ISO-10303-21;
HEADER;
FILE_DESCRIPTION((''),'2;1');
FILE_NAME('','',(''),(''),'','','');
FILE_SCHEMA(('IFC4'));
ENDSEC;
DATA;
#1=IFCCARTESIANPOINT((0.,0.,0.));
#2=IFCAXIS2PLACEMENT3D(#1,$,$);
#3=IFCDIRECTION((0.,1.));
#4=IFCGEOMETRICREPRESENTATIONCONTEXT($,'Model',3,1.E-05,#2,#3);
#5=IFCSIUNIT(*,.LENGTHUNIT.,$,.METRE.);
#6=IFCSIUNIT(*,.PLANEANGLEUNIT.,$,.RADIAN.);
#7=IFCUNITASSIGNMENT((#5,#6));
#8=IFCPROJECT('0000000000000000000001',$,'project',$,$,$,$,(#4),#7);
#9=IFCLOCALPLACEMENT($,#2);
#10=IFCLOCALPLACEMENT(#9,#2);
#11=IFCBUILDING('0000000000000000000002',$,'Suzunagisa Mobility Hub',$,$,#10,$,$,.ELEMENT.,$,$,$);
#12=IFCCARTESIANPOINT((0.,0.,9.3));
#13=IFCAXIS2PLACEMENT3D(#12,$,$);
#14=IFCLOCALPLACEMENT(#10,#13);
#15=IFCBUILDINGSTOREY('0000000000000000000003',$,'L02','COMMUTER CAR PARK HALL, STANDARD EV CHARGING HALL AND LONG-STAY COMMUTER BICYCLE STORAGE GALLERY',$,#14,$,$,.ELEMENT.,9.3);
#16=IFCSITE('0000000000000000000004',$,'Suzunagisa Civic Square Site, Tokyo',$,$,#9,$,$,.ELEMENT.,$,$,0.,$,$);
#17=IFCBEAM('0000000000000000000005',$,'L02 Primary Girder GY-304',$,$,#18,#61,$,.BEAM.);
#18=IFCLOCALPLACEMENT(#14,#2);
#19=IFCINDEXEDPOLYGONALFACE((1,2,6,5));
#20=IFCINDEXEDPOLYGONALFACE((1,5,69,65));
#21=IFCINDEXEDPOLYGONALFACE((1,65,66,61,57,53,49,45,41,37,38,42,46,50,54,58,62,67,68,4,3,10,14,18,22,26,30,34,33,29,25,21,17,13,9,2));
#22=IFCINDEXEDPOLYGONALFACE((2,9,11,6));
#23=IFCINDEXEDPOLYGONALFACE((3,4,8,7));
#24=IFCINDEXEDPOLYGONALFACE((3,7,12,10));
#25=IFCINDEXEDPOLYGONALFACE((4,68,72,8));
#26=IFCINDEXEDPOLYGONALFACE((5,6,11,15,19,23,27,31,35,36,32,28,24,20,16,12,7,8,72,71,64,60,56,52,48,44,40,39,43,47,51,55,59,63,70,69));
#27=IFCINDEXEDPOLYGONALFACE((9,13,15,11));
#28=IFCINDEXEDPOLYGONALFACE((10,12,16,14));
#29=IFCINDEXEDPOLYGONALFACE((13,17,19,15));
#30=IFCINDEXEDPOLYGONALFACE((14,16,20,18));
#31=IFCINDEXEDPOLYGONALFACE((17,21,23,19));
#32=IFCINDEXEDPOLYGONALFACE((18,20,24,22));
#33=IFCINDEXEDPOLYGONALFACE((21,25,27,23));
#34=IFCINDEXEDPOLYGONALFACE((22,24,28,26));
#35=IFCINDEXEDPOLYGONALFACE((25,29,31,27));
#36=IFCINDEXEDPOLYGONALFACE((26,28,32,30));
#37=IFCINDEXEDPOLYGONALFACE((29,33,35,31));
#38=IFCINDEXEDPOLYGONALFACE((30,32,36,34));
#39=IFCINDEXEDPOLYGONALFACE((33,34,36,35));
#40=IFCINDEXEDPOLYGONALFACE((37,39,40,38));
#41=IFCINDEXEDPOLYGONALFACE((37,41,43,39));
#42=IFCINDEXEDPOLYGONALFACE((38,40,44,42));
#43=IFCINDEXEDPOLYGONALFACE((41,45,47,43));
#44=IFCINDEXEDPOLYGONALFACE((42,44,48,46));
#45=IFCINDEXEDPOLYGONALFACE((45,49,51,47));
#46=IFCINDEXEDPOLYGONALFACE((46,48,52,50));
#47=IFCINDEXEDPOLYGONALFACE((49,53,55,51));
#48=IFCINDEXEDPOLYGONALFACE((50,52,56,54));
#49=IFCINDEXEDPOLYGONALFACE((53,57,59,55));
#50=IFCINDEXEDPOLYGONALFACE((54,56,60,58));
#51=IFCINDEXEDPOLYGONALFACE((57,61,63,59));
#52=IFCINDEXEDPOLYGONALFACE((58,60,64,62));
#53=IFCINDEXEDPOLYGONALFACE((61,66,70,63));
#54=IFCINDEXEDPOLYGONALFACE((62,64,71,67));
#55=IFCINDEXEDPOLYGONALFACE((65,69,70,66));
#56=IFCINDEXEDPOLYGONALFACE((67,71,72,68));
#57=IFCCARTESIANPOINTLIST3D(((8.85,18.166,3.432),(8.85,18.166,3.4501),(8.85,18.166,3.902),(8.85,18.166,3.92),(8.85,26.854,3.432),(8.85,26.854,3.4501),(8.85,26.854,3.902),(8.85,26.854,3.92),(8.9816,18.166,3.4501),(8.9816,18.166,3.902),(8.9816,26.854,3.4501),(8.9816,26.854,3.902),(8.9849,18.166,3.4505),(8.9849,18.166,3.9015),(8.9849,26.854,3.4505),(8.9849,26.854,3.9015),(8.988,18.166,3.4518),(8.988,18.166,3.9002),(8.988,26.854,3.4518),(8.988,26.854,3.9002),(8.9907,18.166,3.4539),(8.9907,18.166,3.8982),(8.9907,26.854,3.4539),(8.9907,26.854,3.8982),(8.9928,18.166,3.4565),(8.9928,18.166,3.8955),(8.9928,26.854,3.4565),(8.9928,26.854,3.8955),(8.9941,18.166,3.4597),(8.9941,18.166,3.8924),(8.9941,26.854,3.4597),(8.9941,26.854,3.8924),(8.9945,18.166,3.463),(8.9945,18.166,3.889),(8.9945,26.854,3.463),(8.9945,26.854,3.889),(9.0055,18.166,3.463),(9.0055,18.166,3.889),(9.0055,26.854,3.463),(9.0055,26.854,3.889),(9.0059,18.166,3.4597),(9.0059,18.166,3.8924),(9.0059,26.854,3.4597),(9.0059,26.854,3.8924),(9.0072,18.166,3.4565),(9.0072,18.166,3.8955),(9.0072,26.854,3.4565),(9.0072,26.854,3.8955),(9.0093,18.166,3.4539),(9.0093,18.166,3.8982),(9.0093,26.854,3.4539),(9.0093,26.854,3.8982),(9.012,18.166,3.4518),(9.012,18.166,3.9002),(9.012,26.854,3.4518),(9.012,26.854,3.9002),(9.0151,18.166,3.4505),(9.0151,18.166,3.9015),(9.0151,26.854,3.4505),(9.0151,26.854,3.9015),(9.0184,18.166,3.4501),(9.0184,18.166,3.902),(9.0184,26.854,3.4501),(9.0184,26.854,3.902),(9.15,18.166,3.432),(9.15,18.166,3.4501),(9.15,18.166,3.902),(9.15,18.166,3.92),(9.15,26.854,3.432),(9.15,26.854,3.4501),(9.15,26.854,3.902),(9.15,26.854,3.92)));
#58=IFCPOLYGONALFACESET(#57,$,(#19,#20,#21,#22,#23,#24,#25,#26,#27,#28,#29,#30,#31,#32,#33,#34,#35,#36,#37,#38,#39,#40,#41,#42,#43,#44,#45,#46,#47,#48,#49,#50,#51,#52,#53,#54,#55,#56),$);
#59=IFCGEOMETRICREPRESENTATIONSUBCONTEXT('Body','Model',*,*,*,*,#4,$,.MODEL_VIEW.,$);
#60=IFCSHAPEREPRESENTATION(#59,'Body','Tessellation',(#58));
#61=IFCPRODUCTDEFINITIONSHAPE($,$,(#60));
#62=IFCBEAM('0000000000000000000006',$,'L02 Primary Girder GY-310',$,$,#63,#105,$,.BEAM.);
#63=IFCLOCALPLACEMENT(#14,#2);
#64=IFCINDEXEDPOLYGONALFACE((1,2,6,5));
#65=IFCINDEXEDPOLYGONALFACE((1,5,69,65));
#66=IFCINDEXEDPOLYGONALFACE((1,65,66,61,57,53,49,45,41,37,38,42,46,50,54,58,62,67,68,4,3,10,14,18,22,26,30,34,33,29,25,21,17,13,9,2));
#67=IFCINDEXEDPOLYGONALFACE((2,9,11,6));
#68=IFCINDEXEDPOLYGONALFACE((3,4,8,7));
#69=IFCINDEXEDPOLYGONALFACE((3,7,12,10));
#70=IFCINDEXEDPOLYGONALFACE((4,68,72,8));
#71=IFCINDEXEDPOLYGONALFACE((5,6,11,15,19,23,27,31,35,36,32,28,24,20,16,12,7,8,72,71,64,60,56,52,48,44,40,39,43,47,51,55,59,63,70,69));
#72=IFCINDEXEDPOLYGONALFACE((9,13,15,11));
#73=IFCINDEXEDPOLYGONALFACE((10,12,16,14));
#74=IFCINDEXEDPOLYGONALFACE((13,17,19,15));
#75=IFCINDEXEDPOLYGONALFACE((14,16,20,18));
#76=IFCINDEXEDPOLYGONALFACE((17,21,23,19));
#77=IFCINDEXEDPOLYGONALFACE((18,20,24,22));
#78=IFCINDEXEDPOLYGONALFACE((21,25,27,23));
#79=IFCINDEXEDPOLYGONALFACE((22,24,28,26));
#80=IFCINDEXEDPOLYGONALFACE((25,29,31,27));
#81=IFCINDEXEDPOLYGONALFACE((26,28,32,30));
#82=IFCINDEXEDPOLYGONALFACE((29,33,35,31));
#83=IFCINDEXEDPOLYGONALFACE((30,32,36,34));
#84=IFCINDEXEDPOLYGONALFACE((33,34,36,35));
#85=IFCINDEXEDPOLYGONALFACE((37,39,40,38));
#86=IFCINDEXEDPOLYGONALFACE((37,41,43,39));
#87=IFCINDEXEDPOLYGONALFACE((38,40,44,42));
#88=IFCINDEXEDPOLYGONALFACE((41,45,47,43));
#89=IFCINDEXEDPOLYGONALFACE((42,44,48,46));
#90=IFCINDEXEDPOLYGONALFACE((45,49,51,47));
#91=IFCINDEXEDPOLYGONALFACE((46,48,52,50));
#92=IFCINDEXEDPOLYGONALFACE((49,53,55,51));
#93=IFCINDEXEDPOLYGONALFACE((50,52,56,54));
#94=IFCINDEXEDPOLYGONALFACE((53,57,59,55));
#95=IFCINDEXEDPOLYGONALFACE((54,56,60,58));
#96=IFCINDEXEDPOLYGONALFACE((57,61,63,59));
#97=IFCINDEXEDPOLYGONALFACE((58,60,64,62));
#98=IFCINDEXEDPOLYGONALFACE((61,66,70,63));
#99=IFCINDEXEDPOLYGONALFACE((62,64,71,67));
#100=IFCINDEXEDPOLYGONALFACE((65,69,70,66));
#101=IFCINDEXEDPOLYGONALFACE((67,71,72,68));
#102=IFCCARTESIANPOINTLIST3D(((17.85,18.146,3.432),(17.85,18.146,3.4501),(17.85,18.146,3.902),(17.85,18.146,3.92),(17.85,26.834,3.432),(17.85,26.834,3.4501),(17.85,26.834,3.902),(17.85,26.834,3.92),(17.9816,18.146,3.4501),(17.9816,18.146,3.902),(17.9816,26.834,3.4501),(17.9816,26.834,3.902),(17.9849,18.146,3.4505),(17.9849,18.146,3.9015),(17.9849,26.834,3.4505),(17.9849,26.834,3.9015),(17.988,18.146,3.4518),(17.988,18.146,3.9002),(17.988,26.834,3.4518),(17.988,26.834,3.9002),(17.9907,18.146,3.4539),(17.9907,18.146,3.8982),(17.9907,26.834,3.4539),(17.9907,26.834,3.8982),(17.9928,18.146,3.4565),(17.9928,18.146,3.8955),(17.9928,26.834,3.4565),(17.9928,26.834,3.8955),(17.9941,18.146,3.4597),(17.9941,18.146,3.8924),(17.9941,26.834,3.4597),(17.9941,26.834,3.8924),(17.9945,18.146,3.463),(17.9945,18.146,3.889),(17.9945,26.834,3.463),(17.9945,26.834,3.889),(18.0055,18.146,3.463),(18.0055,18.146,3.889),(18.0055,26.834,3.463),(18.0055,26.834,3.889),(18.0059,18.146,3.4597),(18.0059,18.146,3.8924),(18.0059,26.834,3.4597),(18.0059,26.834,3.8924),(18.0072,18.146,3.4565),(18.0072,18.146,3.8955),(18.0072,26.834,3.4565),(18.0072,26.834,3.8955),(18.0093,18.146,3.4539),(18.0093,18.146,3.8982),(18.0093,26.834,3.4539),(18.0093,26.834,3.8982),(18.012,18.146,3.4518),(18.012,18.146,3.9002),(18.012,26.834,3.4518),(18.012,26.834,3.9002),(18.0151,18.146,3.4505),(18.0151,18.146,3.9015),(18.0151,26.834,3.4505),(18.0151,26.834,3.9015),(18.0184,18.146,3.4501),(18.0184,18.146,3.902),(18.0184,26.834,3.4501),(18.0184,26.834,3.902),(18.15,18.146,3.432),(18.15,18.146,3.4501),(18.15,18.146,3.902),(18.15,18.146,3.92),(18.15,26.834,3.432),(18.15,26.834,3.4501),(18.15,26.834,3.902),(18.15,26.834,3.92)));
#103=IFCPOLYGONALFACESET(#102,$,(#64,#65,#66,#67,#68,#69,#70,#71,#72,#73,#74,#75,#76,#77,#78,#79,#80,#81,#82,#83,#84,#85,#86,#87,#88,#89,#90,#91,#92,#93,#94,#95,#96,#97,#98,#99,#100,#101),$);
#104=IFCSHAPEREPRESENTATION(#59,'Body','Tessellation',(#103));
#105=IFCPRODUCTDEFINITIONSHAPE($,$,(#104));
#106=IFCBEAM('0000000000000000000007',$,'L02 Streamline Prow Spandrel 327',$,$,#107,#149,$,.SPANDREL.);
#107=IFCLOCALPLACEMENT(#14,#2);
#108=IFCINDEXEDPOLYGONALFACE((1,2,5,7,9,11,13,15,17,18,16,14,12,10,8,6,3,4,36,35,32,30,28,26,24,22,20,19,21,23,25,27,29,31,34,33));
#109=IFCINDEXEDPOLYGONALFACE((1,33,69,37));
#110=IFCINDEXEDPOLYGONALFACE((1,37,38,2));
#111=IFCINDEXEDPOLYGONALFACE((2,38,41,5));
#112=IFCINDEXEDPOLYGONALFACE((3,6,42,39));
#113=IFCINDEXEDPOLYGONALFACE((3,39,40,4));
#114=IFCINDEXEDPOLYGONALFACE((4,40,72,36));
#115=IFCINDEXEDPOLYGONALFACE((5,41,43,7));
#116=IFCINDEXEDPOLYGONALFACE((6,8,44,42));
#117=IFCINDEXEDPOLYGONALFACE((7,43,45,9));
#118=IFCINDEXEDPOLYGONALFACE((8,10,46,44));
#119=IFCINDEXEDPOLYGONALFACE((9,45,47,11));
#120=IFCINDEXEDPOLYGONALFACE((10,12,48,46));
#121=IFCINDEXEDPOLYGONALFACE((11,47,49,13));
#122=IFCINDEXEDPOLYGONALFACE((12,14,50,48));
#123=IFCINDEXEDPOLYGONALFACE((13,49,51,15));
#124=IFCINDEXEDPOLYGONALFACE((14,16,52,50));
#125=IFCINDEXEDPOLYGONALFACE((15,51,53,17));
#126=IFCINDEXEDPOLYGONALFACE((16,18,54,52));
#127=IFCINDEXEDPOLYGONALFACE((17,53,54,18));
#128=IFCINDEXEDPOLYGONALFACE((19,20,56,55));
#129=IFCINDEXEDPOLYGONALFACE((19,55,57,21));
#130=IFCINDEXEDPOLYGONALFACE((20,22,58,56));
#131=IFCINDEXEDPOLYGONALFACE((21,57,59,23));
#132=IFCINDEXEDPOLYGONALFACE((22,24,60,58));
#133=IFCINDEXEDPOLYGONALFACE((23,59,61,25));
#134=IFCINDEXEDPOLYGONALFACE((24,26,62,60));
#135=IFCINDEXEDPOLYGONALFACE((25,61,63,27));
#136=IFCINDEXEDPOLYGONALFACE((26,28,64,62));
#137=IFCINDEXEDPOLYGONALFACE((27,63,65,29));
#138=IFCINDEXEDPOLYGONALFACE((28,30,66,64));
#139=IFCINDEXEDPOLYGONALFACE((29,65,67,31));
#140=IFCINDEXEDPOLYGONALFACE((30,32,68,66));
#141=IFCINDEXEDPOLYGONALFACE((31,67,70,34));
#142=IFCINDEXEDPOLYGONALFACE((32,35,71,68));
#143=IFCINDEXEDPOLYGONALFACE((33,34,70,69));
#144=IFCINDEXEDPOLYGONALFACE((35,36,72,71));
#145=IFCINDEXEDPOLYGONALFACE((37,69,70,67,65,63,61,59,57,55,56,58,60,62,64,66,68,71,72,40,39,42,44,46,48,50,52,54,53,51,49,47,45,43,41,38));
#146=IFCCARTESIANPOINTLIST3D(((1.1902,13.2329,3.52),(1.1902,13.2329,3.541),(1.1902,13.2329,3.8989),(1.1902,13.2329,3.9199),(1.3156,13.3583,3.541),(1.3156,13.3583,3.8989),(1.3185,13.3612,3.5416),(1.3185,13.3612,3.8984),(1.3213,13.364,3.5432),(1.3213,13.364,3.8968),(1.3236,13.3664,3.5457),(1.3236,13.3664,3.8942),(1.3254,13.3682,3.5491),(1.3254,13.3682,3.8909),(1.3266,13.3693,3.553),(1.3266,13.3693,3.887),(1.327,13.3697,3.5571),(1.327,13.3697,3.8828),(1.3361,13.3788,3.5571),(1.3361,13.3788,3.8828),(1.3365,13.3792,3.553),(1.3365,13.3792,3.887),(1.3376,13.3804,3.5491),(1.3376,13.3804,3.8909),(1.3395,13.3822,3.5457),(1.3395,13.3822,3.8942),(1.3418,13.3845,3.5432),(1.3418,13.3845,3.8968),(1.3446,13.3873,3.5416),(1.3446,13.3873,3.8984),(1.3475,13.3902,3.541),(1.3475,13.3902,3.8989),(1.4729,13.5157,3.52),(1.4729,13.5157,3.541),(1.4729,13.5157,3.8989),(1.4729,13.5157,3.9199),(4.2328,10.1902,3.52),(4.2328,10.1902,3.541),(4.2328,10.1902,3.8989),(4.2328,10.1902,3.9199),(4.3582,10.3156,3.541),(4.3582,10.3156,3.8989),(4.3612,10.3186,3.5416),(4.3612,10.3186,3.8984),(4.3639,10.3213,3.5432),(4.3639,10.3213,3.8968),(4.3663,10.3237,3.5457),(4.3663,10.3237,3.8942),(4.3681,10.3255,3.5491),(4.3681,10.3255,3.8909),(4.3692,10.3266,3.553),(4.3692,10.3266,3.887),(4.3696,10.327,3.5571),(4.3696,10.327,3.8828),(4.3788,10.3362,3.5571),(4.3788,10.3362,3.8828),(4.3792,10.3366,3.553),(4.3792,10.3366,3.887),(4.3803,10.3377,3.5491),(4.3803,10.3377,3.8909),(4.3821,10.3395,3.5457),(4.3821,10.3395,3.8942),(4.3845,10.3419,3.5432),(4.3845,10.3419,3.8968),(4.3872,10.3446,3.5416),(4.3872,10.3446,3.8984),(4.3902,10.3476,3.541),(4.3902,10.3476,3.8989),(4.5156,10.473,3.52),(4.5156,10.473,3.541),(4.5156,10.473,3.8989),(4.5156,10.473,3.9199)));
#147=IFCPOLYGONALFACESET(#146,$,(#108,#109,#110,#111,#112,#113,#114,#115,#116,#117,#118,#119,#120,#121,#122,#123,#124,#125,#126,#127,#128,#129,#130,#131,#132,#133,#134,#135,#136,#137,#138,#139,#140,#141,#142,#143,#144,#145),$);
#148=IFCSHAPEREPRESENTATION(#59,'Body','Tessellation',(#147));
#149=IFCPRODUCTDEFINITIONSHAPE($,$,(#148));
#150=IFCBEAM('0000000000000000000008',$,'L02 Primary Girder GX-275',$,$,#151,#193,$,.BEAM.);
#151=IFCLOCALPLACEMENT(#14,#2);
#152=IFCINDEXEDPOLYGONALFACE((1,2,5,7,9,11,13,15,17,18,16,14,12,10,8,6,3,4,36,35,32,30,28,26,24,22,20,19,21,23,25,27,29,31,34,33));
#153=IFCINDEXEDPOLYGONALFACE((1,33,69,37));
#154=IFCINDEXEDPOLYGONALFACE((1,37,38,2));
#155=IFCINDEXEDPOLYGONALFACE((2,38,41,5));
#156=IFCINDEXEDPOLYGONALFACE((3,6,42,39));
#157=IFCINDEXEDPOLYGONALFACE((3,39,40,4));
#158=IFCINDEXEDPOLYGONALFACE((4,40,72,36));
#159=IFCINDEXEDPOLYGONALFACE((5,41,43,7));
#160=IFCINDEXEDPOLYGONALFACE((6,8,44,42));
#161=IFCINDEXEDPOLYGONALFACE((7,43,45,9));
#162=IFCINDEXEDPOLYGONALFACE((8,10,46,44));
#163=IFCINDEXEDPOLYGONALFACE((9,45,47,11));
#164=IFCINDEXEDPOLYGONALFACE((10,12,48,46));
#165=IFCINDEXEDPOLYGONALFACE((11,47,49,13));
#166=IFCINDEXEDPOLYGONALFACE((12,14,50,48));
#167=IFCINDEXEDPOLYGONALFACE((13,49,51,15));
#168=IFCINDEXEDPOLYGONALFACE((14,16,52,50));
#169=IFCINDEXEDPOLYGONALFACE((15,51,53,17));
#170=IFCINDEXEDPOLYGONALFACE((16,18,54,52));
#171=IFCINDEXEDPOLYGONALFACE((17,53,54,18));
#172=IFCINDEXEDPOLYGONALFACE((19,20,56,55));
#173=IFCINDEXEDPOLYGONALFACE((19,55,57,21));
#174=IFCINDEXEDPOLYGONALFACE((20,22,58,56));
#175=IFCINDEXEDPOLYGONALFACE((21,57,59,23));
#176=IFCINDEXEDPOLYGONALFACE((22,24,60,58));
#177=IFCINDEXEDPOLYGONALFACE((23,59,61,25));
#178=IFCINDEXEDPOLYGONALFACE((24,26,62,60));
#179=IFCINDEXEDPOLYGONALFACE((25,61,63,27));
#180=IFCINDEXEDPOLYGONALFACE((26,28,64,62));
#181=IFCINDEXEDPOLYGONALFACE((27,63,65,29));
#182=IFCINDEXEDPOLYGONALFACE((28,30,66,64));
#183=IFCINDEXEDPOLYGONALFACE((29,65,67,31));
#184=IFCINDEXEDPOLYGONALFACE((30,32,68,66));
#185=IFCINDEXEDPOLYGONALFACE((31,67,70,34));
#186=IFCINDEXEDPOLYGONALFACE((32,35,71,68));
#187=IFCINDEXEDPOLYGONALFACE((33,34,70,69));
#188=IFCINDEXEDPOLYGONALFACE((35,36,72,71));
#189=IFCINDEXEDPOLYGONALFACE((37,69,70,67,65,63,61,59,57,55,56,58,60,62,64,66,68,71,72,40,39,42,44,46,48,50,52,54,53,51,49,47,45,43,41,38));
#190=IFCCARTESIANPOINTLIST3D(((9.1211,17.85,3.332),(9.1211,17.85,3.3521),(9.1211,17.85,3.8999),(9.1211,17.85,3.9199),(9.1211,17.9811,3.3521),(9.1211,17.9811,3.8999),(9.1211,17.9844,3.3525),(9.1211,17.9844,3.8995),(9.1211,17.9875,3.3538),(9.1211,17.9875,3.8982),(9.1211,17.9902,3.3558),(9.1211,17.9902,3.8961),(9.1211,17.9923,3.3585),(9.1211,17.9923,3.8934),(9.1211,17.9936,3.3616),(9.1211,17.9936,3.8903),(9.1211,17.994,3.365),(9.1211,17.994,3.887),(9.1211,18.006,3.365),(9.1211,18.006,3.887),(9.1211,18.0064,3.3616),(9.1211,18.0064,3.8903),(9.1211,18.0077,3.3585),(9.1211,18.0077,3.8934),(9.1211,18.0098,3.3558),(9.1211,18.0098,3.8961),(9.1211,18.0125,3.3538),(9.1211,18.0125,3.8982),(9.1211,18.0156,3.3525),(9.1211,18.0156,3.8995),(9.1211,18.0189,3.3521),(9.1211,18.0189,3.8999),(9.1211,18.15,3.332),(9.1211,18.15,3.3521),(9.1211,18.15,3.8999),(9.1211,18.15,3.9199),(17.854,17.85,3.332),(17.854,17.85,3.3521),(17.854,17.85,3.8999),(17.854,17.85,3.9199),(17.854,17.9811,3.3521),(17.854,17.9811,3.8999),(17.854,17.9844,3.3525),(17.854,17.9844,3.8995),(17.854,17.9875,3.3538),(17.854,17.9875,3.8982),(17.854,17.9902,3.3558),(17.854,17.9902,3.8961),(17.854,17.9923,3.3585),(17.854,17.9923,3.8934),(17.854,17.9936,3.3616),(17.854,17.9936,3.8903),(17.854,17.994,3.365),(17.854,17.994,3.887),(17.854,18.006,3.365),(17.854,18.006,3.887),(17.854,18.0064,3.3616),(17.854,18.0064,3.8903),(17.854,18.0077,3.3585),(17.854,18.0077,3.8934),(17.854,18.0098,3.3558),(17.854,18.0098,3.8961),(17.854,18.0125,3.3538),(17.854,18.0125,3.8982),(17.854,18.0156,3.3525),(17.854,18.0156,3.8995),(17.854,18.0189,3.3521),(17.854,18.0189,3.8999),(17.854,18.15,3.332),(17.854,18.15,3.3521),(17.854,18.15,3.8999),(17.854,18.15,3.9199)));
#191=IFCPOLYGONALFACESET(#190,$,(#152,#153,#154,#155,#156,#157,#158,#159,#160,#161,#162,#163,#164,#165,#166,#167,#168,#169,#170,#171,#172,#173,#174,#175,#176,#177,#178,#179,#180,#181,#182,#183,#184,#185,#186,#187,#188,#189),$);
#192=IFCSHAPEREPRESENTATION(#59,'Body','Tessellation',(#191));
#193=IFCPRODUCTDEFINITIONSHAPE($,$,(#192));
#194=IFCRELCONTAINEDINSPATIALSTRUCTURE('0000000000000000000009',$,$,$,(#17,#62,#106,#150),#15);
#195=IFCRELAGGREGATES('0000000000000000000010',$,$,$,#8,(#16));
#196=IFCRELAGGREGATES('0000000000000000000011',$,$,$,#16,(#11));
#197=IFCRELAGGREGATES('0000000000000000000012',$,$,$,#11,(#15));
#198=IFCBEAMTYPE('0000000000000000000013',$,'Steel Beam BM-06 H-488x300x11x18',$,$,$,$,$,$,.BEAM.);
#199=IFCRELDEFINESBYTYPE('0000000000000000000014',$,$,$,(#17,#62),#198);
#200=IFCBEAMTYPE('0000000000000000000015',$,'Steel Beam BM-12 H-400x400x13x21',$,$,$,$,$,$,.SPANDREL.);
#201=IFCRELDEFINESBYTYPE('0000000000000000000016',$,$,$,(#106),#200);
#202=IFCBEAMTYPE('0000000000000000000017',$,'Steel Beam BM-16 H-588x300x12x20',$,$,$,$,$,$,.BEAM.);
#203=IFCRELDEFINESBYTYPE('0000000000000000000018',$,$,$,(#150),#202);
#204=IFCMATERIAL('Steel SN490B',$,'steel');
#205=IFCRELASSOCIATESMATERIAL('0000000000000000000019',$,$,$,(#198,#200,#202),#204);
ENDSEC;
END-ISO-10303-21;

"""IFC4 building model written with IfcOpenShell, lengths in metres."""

from ifc_helpers import new_model, si_unit, direction, frame, origin, origin_2d, place, context, subcontext, project, spatial, i_section, extrude, material, material_profile, profile_set, type_object, element, save


model = new_model("IFC4")

# Units and contexts
model_context = context("Model", 3, precision=1e-05, world=origin(), true_north=direction((0.0, 1.0)))
body_context = subcontext(model_context, "Body", "Model", "MODEL_VIEW")
ifc_project = project(units=[si_unit("LENGTHUNIT", "METRE"), si_unit("PLANEANGLEUNIT", "RADIAN")], contexts=[model_context])

# Site, building, storey
site_placement = place(None, origin())
site = spatial("IfcSite", under=ifc_project, at=site_placement, Name="Suzunagisa Civic Square Site, Tokyo", CompositionType="ELEMENT", RefElevation=0.0)
building_placement = place(site_placement, origin())
building = spatial("IfcBuilding", under=site, at=building_placement, Name="Suzunagisa Mobility Hub", CompositionType="ELEMENT")
storey_placement = place(building_placement, frame((0.0, 0.0, 9.3)))
storey = spatial("IfcBuildingStorey", under=building, at=storey_placement, Name="L02", Description="COMMUTER CAR PARK HALL, STANDARD EV CHARGING HALL AND LONG-STAY COMMUTER BICYCLE STORAGE GALLERY", CompositionType="ELEMENT", Elevation=9.3)

# Shared definitions
ifc_material_1 = material(Name="Steel SN490B", Category="steel")

# Beams
ifc_material_profile_1 = material_profile(ifc_material_1, i_section(OverallWidth=0.3, OverallDepth=0.488, WebThickness=0.011, FlangeThickness=0.0181, FilletRadius=0.0129, at=origin_2d()), Name="H-488x300x11x18")
ifc_profile_set_1 = profile_set([ifc_material_profile_1], Name="Steel SN490B")
beam_type_1 = type_object("IfcBeamType", Name="Steel Beam BM-06 H-488x300x11x18", PredefinedType="BEAM", material=ifc_profile_set_1)
for number, where, z_axis, x_axis, name in (
    (1, (9.0, 18.166, 3.676), (0.0, 1.0, 0.0), (-1.0, 0.0, 0.0), "L02 Primary Girder GY-304"),
    (2, (18.0, 18.146, 3.676), (0.0, 1.0, 0.0), (-1.0, 0.0, 0.0), "L02 Primary Girder GY-310"),
):
    element("IfcBeam", number, at=place(storey_placement, frame(where, z_axis=z_axis, x_axis=x_axis)), inside=storey, type_object=beam_type_1, Name=name, PredefinedType="BEAM", context=body_context, shape_type="SweptSolid", body=[
        extrude(i_section(OverallWidth=0.3, OverallDepth=0.488, WebThickness=0.011, FlangeThickness=0.0181, FilletRadius=0.0129, at=origin_2d()), origin(), (0.0, 0.0, 1.0), 8.688),
    ])
ifc_material_profile_2 = material_profile(ifc_material_1, i_section(OverallWidth=0.3999, OverallDepth=0.3999, WebThickness=0.0129, FlangeThickness=0.021, FilletRadius=0.0161, at=origin_2d()), Name="H-400x400x13x21")
ifc_profile_set_2 = profile_set([ifc_material_profile_2], Name="Steel SN490B")
beam_type_2 = type_object("IfcBeamType", Name="Steel Beam BM-12 H-400x400x13x21", PredefinedType="SPANDREL", material=ifc_profile_set_2)
beam_placement = place(storey_placement, frame((1.3315, 13.3743, 3.72), z_axis=(0.707107, -0.707107, 0.0), x_axis=(0.707107, 0.707107, 0.0)))
element("IfcBeam", 3, at=beam_placement, inside=storey, type_object=beam_type_2, Name="L02 Streamline Prow Spandrel 327", PredefinedType="SPANDREL", context=body_context, shape_type="SweptSolid", body=[
    extrude(i_section(OverallWidth=0.3999, OverallDepth=0.3999, WebThickness=0.0129, FlangeThickness=0.021, FilletRadius=0.0161, at=origin_2d()), origin(), (0.0, 0.0, 1.0), 4.303),
])
ifc_material_profile_3 = material_profile(ifc_material_1, i_section(OverallWidth=0.3, OverallDepth=0.5879, WebThickness=0.012, FlangeThickness=0.02, FilletRadius=0.0129, at=origin_2d()), Name="H-588x300x12x20")
ifc_profile_set_3 = profile_set([ifc_material_profile_3], Name="Steel SN490B")
beam_type_3 = type_object("IfcBeamType", Name="Steel Beam BM-16 H-588x300x12x20", PredefinedType="BEAM", material=ifc_profile_set_3)
for number, where, z_axis, x_axis, name in (
    (4, (9.1211, 18.0, 3.626), (1.0, 0.0, 0.0), (0.0, 1.0, 0.0), "L02 Primary Girder GX-275"),
):
    element("IfcBeam", number, at=place(storey_placement, frame(where, z_axis=z_axis, x_axis=x_axis)), inside=storey, type_object=beam_type_3, Name=name, PredefinedType="BEAM", context=body_context, shape_type="SweptSolid", body=[
        extrude(i_section(OverallWidth=0.3, OverallDepth=0.5879, WebThickness=0.012, FlangeThickness=0.02, FilletRadius=0.0129, at=origin_2d()), origin(), (0.0, 0.0, 1.0), 8.7329),
    ])

save(model, "model.ifc")
